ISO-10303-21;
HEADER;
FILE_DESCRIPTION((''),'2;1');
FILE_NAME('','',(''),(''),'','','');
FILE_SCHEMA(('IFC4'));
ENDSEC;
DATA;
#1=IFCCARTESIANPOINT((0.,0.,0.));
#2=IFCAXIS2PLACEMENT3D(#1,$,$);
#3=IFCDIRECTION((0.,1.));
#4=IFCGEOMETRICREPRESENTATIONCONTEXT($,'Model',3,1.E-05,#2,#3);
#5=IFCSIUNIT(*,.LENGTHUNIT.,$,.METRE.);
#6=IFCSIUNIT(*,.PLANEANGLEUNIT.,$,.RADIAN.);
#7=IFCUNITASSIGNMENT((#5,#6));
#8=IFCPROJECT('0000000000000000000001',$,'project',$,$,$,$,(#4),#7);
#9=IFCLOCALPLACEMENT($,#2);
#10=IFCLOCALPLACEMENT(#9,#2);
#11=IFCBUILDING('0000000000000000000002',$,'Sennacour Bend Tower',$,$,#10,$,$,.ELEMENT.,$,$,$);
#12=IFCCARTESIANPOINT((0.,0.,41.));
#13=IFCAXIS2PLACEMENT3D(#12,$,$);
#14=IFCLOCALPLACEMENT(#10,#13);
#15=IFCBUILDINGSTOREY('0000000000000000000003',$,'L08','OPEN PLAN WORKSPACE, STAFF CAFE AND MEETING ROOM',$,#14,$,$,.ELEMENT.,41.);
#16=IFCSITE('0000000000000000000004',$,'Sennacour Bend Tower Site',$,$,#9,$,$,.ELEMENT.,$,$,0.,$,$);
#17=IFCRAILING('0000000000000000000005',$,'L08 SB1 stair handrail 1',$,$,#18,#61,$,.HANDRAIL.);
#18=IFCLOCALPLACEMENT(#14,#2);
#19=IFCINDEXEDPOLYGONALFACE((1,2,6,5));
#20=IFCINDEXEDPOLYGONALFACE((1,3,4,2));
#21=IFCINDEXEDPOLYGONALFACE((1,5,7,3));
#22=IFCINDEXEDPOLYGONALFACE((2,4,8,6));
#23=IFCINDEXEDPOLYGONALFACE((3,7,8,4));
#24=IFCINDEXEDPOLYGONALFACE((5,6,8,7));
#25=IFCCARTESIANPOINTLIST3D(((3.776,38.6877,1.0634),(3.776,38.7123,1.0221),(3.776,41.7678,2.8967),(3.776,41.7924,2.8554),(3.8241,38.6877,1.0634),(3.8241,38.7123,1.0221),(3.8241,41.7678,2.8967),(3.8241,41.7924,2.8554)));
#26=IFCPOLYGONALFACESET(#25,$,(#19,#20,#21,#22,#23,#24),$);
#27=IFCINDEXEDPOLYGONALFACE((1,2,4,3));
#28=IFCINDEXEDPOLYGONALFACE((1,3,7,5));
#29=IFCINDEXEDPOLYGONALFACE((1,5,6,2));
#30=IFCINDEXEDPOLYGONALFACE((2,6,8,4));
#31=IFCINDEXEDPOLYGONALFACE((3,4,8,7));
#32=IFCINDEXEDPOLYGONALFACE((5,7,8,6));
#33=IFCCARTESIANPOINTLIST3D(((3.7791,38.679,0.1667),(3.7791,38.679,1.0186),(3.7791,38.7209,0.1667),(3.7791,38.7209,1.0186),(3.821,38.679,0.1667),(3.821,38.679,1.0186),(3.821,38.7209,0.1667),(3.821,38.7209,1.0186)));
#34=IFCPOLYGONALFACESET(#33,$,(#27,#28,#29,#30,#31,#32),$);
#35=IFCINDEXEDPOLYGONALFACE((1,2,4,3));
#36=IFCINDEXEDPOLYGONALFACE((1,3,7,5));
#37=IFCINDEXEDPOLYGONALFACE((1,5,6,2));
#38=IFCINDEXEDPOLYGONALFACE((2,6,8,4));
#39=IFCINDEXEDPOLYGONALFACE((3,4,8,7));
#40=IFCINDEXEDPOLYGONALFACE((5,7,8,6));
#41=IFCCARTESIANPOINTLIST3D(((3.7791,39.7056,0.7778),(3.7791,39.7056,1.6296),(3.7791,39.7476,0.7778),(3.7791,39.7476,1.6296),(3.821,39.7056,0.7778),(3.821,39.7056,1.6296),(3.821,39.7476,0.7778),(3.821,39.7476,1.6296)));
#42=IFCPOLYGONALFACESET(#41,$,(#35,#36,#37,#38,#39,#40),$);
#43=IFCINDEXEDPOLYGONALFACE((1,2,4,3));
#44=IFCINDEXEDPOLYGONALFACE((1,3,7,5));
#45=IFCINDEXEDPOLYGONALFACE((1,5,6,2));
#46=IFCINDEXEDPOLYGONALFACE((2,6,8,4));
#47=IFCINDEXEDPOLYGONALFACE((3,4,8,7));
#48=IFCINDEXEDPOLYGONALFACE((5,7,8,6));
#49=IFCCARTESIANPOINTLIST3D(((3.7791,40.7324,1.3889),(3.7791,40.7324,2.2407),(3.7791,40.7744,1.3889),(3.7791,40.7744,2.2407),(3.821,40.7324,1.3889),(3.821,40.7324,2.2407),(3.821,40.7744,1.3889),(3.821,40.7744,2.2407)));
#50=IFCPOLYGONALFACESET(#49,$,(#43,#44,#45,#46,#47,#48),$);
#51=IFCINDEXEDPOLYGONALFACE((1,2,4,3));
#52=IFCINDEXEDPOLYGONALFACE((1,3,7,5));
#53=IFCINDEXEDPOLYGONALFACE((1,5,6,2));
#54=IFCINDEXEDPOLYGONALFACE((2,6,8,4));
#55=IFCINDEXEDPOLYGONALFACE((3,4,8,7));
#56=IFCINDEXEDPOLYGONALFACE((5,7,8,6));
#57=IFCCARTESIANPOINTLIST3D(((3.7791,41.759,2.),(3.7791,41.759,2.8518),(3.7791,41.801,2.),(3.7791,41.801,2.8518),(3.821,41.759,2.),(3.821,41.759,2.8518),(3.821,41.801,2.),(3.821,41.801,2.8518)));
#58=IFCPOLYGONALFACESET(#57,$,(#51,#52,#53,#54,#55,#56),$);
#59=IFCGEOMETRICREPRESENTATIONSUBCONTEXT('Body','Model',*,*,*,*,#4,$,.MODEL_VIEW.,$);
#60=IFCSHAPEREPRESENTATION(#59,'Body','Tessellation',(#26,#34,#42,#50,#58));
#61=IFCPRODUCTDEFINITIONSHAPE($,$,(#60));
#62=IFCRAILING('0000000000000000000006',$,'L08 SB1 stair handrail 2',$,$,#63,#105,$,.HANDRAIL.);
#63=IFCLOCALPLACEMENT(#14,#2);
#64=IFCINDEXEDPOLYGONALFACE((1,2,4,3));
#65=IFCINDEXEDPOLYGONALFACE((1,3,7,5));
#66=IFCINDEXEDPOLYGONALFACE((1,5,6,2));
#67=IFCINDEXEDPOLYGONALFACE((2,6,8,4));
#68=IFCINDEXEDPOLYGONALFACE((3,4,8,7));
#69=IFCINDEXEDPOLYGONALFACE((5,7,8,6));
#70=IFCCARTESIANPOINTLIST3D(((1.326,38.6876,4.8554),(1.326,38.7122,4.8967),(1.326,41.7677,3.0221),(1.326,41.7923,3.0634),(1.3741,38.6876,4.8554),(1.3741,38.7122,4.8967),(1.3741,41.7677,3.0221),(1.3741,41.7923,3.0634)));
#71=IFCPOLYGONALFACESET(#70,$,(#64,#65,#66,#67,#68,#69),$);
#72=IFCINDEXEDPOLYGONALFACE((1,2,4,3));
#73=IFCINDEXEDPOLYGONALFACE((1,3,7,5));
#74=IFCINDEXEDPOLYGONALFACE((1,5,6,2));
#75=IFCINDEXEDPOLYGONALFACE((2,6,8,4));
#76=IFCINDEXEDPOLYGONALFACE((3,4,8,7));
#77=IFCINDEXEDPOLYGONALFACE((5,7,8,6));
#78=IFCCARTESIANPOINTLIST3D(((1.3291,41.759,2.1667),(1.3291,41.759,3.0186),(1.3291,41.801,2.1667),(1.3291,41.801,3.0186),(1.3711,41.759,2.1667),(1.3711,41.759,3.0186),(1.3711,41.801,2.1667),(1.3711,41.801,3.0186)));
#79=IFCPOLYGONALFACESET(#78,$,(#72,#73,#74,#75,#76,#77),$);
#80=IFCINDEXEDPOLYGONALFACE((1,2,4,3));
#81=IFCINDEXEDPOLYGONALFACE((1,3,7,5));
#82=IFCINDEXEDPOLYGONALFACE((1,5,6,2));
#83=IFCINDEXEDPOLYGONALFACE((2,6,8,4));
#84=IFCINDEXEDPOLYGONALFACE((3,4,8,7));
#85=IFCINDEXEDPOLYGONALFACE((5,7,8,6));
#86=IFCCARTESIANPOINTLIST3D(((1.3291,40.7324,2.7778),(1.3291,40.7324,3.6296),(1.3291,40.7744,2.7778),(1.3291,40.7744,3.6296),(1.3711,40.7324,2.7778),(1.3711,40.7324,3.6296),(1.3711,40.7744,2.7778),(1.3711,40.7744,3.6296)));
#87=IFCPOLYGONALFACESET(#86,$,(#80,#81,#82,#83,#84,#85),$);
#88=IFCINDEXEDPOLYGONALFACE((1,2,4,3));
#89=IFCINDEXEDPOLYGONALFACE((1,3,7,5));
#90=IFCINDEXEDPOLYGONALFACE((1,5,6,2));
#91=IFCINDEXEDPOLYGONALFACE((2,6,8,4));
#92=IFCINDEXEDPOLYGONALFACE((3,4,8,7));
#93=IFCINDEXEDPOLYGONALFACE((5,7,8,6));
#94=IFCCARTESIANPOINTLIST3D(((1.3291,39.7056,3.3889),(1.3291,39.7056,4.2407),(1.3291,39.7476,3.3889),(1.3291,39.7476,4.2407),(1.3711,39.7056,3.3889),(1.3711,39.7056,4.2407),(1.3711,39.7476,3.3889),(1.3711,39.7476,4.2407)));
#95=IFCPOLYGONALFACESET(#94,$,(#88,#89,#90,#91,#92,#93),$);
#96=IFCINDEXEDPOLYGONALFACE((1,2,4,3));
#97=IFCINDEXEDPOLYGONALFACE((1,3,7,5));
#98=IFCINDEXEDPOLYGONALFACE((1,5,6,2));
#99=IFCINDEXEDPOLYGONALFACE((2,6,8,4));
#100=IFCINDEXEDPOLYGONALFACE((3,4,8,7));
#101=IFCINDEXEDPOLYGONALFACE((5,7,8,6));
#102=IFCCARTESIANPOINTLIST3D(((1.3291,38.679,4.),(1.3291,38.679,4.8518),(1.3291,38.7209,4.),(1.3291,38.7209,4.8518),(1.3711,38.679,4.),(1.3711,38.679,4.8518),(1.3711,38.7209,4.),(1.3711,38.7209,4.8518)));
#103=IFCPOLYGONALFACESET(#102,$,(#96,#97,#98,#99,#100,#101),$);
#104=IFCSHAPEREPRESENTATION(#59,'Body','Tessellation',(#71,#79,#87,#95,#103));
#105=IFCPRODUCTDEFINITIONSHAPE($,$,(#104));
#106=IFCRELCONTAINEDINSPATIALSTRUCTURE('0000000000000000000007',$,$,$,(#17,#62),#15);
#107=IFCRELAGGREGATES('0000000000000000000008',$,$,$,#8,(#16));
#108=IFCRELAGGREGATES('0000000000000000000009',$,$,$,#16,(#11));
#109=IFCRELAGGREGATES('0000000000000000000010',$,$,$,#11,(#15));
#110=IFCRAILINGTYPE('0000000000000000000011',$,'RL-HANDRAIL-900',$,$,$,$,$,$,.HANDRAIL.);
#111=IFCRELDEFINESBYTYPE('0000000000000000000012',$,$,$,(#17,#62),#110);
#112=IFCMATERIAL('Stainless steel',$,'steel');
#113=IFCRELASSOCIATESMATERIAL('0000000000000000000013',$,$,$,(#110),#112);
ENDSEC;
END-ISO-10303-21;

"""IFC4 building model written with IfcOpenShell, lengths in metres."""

from ifc_helpers import new_model, si_unit, direction, frame, origin, origin_2d, place, context, subcontext, project, spatial, rectangle, extrude, material, type_object, element, save


model = new_model("IFC4")

# Units and contexts
model_context = context("Model", 3, precision=1e-05, world=origin(), true_north=direction((0.0, 1.0)))
body_context = subcontext(model_context, "Body", "Model", "MODEL_VIEW")
ifc_project = project(units=[si_unit("LENGTHUNIT", "METRE"), si_unit("PLANEANGLEUNIT", "RADIAN")], contexts=[model_context])

# Site, building, storey
site_placement = place(None, origin())
site = spatial("IfcSite", under=ifc_project, at=site_placement, Name="Sennacour Bend Tower Site", CompositionType="ELEMENT", RefElevation=0.0)
building_placement = place(site_placement, origin())
building = spatial("IfcBuilding", under=site, at=building_placement, Name="Sennacour Bend Tower", CompositionType="ELEMENT")
storey_placement = place(building_placement, frame((0.0, 0.0, 41.0)))
storey = spatial("IfcBuildingStorey", under=building, at=storey_placement, Name="L08", Description="OPEN PLAN WORKSPACE, STAFF CAFE AND MEETING ROOM", CompositionType="ELEMENT", Elevation=41.0)

# Shared definitions
ifc_material_1 = material(Name="Stainless steel", Category="steel")

# Railings
railing_type_1 = type_object("IfcRailingType", Name="RL-HANDRAIL-900", PredefinedType="HANDRAIL", material=ifc_material_1)
railing_1_placement = place(storey_placement, frame((3.8, 38.7, 0.1667)))
element("IfcRailing", 1, at=railing_1_placement, inside=storey, type_object=railing_type_1, Name="L08 SB1 stair handrail 1", PredefinedType="HANDRAIL", context=body_context, shape_type="SweptSolid", body=[
    extrude(rectangle(XDim=0.0481, YDim=0.0481, at=origin_2d()), frame((0.0, 0.0, 0.876), z_axis=(0.0, 0.859309, 0.511458), x_axis=(-1.0, 0.0, 0.0)), (0.0, 0.0, 1.0), 3.5845),
    extrude(rectangle(XDim=0.042, YDim=0.042, at=origin_2d()), origin(), (0.0, 0.0, 1.0), 0.8518),
    extrude(rectangle(XDim=0.042, YDim=0.042, at=origin_2d()), frame((0.0, 1.0266, 0.6111)), (0.0, 0.0, 1.0), 0.8518),
    extrude(rectangle(XDim=0.042, YDim=0.042, at=origin_2d()), frame((0.0, 2.0535, 1.2222)), (0.0, 0.0, 1.0), 0.8518),
    extrude(rectangle(XDim=0.042, YDim=0.042, at=origin_2d()), frame((0.0, 3.0801, 1.8333)), (0.0, 0.0, 1.0), 0.8518),
])
railing_2_placement = place(storey_placement, frame((1.3501, 41.78, 2.1667)))
element("IfcRailing", 2, at=railing_2_placement, inside=storey, type_object=railing_type_1, Name="L08 SB1 stair handrail 2", PredefinedType="HANDRAIL", context=body_context, shape_type="SweptSolid", body=[
    extrude(rectangle(XDim=0.0481, YDim=0.0481, at=origin_2d()), frame((0.0, 0.0, 0.876), z_axis=(0.0, -0.859309, 0.511458), x_axis=(1.0, 0.0, 0.0)), (0.0, 0.0, 1.0), 3.5845),
    extrude(rectangle(XDim=0.042, YDim=0.042, at=origin_2d()), origin(), (0.0, 0.0, 1.0), 0.8518),
    extrude(rectangle(XDim=0.042, YDim=0.042, at=origin_2d()), frame((0.0, -1.0266, 0.6111)), (0.0, 0.0, 1.0), 0.8518),
    extrude(rectangle(XDim=0.042, YDim=0.042, at=origin_2d()), frame((0.0, -2.0535, 1.2222)), (0.0, 0.0, 1.0), 0.8518),
    extrude(rectangle(XDim=0.042, YDim=0.042, at=origin_2d()), frame((0.0, -3.0801, 1.8333)), (0.0, 0.0, 1.0), 0.8518),
])

save(model, "model.ifc")
